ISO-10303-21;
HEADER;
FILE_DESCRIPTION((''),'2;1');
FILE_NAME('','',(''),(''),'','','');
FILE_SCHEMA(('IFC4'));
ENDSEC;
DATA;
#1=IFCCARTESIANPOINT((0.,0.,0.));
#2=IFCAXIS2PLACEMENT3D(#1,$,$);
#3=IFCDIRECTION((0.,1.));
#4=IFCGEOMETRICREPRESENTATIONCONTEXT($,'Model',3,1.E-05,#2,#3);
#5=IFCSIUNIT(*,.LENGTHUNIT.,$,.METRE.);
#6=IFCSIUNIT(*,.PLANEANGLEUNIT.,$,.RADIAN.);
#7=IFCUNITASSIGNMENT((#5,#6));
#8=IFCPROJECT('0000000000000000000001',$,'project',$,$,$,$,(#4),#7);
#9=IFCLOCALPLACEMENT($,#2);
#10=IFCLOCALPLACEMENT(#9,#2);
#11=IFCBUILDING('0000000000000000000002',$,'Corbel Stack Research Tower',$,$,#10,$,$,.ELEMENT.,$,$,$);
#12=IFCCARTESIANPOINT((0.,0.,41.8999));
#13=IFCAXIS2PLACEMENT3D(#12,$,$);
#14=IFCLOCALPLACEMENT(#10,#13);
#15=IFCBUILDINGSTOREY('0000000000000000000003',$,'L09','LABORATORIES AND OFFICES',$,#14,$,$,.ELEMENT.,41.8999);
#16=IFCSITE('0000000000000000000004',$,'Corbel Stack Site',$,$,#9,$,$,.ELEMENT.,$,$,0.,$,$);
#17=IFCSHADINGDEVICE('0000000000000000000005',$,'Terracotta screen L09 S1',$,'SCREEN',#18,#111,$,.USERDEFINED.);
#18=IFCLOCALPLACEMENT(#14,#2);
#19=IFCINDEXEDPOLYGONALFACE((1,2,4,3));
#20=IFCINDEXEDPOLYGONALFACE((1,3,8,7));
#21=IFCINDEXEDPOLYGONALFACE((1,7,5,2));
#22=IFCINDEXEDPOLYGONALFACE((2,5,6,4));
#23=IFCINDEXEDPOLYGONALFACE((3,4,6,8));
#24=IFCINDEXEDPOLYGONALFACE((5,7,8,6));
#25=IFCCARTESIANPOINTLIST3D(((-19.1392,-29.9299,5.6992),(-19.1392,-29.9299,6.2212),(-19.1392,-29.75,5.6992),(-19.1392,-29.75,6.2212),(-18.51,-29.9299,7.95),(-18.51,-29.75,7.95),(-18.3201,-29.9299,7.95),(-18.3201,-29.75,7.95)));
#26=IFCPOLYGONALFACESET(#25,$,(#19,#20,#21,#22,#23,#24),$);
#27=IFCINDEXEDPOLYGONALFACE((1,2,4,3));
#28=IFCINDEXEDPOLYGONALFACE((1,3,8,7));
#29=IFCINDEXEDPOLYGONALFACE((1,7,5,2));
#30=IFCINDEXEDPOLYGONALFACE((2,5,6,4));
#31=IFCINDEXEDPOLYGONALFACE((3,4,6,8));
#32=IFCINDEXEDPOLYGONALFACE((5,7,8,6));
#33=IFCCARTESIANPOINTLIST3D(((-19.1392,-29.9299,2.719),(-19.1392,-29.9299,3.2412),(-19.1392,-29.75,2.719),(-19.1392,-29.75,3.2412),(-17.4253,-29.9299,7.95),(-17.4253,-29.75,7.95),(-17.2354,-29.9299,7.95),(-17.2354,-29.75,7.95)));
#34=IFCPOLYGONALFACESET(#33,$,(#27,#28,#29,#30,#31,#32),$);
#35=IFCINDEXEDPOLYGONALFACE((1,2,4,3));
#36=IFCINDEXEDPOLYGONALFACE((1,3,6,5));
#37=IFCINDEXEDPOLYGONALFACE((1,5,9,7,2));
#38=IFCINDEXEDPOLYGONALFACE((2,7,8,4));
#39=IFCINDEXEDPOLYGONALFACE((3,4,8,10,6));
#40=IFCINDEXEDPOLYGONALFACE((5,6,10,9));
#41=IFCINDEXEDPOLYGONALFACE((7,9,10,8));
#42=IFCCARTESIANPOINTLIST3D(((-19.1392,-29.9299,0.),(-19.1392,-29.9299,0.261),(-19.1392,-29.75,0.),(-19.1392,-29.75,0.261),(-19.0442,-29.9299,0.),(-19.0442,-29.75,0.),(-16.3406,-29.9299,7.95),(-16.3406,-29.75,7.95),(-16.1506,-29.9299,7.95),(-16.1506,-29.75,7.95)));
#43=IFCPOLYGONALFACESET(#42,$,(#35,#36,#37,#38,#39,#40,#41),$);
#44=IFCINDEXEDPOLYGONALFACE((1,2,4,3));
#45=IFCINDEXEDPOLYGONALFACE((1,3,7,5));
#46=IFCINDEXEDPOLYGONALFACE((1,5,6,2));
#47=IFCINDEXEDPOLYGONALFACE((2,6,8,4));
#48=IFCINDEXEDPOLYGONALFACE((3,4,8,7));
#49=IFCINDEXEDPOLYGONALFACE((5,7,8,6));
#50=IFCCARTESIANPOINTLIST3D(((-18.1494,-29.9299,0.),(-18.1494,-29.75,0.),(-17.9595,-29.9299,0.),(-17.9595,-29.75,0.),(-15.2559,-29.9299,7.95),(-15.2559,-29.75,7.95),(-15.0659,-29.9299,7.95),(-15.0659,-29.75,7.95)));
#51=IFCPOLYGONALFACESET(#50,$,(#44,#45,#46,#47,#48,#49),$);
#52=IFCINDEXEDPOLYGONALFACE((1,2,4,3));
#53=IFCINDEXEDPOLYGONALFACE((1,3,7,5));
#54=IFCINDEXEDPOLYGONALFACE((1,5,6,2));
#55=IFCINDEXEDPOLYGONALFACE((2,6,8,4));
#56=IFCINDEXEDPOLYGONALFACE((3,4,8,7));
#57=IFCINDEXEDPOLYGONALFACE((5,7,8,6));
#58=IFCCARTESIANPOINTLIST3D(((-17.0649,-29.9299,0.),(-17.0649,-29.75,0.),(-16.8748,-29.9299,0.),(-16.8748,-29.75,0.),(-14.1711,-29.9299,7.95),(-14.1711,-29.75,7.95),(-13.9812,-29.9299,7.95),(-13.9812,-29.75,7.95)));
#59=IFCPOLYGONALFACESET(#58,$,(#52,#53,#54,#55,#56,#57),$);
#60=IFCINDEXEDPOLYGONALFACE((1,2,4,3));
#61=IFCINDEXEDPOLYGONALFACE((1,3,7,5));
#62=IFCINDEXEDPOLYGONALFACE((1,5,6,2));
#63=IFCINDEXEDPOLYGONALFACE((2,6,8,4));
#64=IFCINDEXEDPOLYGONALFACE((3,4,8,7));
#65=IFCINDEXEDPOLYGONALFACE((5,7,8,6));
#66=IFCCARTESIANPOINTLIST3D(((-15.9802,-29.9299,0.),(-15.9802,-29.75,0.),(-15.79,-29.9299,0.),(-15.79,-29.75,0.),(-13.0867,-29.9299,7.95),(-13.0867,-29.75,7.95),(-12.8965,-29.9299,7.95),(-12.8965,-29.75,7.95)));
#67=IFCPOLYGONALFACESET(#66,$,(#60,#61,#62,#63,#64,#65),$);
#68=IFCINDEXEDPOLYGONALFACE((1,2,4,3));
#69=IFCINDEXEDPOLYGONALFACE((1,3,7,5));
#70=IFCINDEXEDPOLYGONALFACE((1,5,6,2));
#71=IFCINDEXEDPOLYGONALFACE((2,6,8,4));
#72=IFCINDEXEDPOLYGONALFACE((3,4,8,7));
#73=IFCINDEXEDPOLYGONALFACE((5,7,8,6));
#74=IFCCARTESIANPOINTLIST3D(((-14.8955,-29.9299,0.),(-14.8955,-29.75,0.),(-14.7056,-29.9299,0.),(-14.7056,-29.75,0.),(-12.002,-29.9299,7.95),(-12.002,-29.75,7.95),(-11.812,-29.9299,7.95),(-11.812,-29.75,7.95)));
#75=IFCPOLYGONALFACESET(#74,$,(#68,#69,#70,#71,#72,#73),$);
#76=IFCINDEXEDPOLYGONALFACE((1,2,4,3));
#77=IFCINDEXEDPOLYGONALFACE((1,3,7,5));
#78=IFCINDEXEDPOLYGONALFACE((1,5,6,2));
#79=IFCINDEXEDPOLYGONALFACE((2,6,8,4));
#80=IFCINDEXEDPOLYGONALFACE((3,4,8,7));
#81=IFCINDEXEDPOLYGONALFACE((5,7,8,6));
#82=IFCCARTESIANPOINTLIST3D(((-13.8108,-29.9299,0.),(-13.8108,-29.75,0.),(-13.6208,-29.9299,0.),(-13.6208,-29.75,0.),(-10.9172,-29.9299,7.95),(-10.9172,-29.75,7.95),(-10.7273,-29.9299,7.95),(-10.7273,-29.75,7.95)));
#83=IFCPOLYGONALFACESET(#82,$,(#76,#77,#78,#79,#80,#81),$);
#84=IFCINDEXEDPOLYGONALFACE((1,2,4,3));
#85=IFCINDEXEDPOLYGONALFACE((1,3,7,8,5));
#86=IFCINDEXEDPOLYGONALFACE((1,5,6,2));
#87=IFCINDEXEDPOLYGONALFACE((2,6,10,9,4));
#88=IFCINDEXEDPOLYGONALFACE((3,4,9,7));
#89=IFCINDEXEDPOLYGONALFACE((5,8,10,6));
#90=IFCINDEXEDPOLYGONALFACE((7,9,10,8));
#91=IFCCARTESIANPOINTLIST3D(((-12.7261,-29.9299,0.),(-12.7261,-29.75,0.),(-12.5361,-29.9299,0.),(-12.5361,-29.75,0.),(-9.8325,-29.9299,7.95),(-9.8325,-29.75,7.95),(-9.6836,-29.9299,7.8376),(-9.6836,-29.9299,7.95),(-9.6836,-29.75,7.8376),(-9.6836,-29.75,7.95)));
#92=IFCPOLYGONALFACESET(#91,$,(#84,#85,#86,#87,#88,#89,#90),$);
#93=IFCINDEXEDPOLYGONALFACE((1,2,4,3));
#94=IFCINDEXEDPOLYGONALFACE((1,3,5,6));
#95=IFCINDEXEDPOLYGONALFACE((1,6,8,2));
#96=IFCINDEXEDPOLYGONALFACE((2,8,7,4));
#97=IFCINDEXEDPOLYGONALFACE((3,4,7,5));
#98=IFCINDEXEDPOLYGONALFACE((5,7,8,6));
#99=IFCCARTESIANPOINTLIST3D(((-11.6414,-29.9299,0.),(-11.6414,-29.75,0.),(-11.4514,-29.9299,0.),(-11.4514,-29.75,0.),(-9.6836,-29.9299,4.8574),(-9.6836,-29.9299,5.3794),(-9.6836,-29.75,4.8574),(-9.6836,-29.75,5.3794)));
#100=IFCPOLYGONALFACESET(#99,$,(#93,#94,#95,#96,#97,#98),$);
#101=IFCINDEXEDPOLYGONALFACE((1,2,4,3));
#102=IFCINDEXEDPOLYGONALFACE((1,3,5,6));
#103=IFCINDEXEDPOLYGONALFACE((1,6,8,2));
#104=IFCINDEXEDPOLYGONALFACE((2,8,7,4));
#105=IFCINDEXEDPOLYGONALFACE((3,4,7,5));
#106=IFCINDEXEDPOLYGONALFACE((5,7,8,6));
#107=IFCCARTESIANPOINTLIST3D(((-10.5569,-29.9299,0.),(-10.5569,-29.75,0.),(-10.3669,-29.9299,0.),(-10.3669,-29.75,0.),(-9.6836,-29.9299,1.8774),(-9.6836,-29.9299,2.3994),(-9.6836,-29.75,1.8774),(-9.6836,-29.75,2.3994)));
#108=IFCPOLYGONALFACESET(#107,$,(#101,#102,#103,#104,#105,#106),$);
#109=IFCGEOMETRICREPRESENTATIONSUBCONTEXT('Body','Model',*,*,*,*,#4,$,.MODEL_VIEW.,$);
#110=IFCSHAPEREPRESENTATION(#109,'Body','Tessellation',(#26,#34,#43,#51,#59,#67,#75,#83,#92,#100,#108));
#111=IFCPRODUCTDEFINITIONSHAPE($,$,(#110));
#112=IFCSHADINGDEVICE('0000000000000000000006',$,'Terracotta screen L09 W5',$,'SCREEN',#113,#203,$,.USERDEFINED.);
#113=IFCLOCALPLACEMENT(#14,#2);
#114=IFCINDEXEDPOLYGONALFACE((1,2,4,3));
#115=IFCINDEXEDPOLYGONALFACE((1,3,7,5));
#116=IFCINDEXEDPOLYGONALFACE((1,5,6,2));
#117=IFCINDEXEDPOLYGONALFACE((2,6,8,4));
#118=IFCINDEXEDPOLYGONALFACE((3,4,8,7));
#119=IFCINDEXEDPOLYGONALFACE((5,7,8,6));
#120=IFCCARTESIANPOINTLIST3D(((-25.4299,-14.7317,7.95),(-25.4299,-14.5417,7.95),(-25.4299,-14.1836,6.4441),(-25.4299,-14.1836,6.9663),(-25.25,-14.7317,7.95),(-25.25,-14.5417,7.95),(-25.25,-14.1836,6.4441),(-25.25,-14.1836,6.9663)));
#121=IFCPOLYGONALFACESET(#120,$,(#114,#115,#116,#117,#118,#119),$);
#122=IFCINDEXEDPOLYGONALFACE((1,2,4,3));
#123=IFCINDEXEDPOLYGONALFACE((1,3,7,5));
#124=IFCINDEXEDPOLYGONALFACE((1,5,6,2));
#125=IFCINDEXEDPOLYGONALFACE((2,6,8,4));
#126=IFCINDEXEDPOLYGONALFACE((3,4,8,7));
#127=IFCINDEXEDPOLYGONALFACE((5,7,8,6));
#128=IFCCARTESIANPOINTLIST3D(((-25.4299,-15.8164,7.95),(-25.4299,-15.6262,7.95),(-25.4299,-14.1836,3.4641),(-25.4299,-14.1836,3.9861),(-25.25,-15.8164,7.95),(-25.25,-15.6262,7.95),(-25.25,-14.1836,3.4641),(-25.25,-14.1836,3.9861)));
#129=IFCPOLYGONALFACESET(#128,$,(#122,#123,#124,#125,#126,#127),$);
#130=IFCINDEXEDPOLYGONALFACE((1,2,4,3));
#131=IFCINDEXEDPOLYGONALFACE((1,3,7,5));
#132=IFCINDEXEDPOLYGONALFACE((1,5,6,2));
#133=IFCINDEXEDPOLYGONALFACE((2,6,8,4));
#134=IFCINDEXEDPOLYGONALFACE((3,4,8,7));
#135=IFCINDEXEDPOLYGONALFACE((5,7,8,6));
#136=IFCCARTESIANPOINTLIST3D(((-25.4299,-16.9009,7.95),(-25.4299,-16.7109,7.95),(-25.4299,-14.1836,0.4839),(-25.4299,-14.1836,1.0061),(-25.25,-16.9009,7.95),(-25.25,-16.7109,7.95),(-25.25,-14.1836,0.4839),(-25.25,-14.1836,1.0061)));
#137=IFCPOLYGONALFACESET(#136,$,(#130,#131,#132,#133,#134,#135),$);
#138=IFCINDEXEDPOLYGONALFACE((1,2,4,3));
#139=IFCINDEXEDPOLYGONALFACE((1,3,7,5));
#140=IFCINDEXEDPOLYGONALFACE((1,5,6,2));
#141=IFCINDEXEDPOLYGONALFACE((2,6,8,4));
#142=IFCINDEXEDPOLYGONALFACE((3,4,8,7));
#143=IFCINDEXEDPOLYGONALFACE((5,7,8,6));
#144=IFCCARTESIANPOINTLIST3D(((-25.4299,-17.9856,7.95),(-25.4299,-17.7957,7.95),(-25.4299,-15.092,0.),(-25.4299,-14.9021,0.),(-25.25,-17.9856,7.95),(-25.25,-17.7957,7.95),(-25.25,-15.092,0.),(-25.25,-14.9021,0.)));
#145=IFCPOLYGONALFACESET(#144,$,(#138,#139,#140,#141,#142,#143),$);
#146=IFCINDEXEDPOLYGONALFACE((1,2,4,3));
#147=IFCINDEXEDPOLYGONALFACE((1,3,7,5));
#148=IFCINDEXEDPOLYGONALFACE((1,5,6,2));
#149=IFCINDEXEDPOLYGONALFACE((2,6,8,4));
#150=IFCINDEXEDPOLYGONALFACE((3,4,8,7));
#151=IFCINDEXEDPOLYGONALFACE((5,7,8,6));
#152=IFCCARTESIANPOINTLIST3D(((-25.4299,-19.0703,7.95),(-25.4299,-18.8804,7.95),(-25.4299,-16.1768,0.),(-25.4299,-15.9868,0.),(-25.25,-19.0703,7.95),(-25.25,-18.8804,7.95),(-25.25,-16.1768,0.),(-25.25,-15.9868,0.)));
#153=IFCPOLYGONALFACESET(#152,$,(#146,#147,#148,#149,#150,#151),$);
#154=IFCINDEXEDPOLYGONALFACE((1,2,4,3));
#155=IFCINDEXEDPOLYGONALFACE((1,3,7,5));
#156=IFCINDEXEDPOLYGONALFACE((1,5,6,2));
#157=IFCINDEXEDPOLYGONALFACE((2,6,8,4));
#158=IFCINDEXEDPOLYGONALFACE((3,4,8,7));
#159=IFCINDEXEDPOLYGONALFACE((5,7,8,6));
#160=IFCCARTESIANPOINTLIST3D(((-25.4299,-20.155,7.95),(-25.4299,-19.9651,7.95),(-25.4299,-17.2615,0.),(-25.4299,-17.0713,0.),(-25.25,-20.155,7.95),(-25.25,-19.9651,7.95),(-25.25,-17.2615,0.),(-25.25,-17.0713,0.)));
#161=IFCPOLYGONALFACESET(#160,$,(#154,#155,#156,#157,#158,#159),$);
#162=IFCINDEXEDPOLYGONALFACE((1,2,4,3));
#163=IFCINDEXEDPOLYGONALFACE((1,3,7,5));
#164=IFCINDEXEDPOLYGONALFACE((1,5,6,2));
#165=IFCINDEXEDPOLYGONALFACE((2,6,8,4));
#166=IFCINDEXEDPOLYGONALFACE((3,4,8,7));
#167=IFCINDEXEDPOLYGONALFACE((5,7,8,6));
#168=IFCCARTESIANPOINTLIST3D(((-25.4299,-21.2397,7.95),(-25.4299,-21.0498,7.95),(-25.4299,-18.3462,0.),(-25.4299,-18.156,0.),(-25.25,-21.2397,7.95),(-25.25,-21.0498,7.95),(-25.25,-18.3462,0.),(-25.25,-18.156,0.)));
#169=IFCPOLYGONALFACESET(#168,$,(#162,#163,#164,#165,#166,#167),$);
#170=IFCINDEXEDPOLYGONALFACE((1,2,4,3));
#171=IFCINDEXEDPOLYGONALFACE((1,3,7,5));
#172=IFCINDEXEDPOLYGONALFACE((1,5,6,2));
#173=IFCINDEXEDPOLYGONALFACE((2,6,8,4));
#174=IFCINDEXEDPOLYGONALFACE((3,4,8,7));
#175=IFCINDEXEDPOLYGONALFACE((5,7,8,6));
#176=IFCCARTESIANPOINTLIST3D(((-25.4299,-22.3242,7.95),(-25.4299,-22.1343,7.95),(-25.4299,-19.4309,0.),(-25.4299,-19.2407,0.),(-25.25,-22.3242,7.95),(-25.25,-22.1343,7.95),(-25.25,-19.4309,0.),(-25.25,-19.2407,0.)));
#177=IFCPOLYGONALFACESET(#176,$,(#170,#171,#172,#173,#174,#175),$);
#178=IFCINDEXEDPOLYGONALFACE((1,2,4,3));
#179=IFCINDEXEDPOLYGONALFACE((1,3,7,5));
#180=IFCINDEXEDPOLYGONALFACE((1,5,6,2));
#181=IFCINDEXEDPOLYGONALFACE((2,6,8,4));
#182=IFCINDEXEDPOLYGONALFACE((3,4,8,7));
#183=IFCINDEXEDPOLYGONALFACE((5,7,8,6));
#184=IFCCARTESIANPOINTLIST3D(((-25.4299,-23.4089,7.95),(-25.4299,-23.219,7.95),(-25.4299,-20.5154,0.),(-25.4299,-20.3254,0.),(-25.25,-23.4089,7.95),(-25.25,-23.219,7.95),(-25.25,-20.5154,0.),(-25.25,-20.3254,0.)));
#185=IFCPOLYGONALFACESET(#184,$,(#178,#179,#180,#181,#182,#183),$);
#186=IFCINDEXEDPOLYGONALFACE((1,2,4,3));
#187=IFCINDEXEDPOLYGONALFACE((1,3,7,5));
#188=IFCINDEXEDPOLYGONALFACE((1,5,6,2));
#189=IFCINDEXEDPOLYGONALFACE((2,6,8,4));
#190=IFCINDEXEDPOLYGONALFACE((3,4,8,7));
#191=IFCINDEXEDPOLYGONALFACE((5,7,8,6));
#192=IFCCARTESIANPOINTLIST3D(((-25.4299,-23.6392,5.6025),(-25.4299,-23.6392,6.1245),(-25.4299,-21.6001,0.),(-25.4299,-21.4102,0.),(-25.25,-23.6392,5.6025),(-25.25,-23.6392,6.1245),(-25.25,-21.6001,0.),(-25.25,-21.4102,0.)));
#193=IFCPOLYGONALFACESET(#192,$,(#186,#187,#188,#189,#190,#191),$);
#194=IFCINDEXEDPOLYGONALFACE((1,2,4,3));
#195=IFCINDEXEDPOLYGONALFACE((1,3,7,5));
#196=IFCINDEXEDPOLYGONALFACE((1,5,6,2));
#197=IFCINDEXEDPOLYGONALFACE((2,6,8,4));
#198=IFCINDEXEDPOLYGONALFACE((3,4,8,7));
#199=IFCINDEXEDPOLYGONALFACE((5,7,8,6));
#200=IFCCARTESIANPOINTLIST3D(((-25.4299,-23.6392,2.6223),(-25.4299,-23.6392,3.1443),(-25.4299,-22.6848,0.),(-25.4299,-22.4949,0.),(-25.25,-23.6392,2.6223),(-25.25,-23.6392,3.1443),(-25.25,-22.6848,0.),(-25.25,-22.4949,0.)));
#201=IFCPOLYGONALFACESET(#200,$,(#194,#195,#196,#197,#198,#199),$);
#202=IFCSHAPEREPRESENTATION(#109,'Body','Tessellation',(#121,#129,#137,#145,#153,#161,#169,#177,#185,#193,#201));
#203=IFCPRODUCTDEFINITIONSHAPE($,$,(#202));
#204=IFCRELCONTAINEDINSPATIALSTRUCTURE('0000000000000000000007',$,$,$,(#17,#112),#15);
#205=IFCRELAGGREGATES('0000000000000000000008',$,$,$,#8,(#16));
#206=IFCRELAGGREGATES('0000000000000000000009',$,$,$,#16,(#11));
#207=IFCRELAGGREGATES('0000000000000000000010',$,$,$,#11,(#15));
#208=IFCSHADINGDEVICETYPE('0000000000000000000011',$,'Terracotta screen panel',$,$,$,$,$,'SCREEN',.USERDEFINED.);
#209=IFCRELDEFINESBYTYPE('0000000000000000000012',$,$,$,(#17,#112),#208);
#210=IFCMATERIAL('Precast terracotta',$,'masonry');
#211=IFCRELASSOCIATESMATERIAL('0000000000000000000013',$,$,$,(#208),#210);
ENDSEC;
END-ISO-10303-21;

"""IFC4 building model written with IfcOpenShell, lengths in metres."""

from ifc_helpers import new_model, si_unit, direction, frame, origin, place, context, subcontext, project, spatial, polyline, outline, extrude, source, transform, mapped, material, type_object, element, save


model = new_model("IFC4")

# Units and contexts
model_context = context("Model", 3, precision=1e-05, world=origin(), true_north=direction((0.0, 1.0)))
body_context = subcontext(model_context, "Body", "Model", "MODEL_VIEW")
ifc_project = project(units=[si_unit("LENGTHUNIT", "METRE"), si_unit("PLANEANGLEUNIT", "RADIAN")], contexts=[model_context])

# Site, building, storey
site_placement = place(None, origin())
site = spatial("IfcSite", under=ifc_project, at=site_placement, Name="Corbel Stack Site", CompositionType="ELEMENT", RefElevation=0.0)
building_placement = place(site_placement, origin())
building = spatial("IfcBuilding", under=site, at=building_placement, Name="Corbel Stack Research Tower", CompositionType="ELEMENT")
storey_placement = place(building_placement, frame((0.0, 0.0, 41.8999)))
storey = spatial("IfcBuildingStorey", under=building, at=storey_placement, Name="L09", Description="LABORATORIES AND OFFICES", CompositionType="ELEMENT", Elevation=41.8999)

# Shading devices
ifc_material_1 = material(Name="Precast terracotta", Category="masonry")
shading_device_type = type_object("IfcShadingDeviceType", Name="Terracotta screen panel", ElementType="SCREEN", PredefinedType="USERDEFINED", material=ifc_material_1)
shared_shape_1 = source(origin(), body_context, "Body", "SweptSolid", [
    extrude(outline(polyline([(0.8191, 7.95), (0.6292, 7.95), (0.0, 6.2212), (0.0, 5.6992), (0.8191, 7.95)])), frame((0.0, 0.0, 0.0), z_axis=(0.0, -1.0, 0.0), x_axis=(1.0, 0.0, 0.0)), (0.0, 0.0, 1.0), 0.1799),
    extrude(outline(polyline([(1.9038, 7.95), (1.7139, 7.95), (0.0, 3.2412), (0.0, 2.719), (1.9038, 7.95)])), frame((0.0, 0.0, 0.0), z_axis=(0.0, -1.0, 0.0), x_axis=(1.0, 0.0, 0.0)), (0.0, 0.0, 1.0), 0.1799),
    extrude(outline(polyline([(0.095, 0.0), (2.9885, 7.95), (2.7986, 7.95), (0.0, 0.261), (0.0, 0.0), (0.095, 0.0)])), frame((0.0, 0.0, 0.0), z_axis=(0.0, -1.0, 0.0), x_axis=(1.0, 0.0, 0.0)), (0.0, 0.0, 1.0), 0.1799),
    extrude(outline(polyline([(1.1797, 0.0), (4.0732, 7.95), (3.8833, 7.95), (0.9897, 0.0), (1.1797, 0.0)])), frame((0.0, 0.0, 0.0), z_axis=(0.0, -1.0, 0.0), x_axis=(1.0, 0.0, 0.0)), (0.0, 0.0, 1.0), 0.1799),
    extrude(outline(polyline([(2.2644, 0.0), (5.158, 7.95), (4.968, 7.95), (2.0742, 0.0), (2.2644, 0.0)])), frame((0.0, 0.0, 0.0), z_axis=(0.0, -1.0, 0.0), x_axis=(1.0, 0.0, 0.0)), (0.0, 0.0, 1.0), 0.1799),
    extrude(outline(polyline([(3.3491, 0.0), (6.2427, 7.95), (6.0525, 7.95), (3.1589, 0.0), (3.3491, 0.0)])), frame((0.0, 0.0, 0.0), z_axis=(0.0, -1.0, 0.0), x_axis=(1.0, 0.0, 0.0)), (0.0, 0.0, 1.0), 0.1799),
    extrude(outline(polyline([(4.4336, 0.0), (7.3271, 7.95), (7.1372, 7.95), (4.2437, 0.0), (4.4336, 0.0)])), frame((0.0, 0.0, 0.0), z_axis=(0.0, -1.0, 0.0), x_axis=(1.0, 0.0, 0.0)), (0.0, 0.0, 1.0), 0.1799),
    extrude(outline(polyline([(5.5183, 0.0), (8.4119, 7.95), (8.2219, 7.95), (5.3284, 0.0), (5.5183, 0.0)])), frame((0.0, 0.0, 0.0), z_axis=(0.0, -1.0, 0.0), x_axis=(1.0, 0.0, 0.0)), (0.0, 0.0, 1.0), 0.1799),
    extrude(outline(polyline([(6.603, 0.0), (9.4556, 7.8376), (9.4556, 7.95), (9.3066, 7.95), (6.4131, 0.0), (6.603, 0.0)])), frame((0.0, 0.0, 0.0), z_axis=(0.0, -1.0, 0.0), x_axis=(1.0, 0.0, 0.0)), (0.0, 0.0, 1.0), 0.1799),
    extrude(outline(polyline([(7.6877, 0.0), (9.4556, 4.8574), (9.4556, 5.3794), (7.4978, 0.0), (7.6877, 0.0)])), frame((0.0, 0.0, 0.0), z_axis=(0.0, -1.0, 0.0), x_axis=(1.0, 0.0, 0.0)), (0.0, 0.0, 1.0), 0.1799),
    extrude(outline(polyline([(8.7722, 0.0), (9.4556, 1.8774), (9.4556, 2.3994), (8.5823, 0.0), (8.7722, 0.0)])), frame((0.0, 0.0, 0.0), z_axis=(0.0, -1.0, 0.0), x_axis=(1.0, 0.0, 0.0)), (0.0, 0.0, 1.0), 0.1799),
])
shading_device_1_placement = place(storey_placement, frame((-19.1392, -29.75, 0.0), z_axis=(0.0, 0.0, 1.0), x_axis=(1.0, 0.0, 0.0)))
element("IfcShadingDevice", 1, at=shading_device_1_placement, inside=storey, type_object=shading_device_type, Name="Terracotta screen L09 S1", ObjectType="SCREEN", PredefinedType="USERDEFINED", context=body_context, shape_type="MappedRepresentation", body=[
    mapped(shared_shape_1, transform((0.0, 0.0, 0.0))),
])
shared_shape_2 = source(origin(), body_context, "Body", "SweptSolid", [
    extrude(outline(polyline([(0.5481, 7.95), (0.3582, 7.95), (0.0, 6.9663), (0.0, 6.4441), (0.5481, 7.95)])), frame((0.0, 0.0, 0.0), z_axis=(0.0, -1.0, 0.0), x_axis=(1.0, 0.0, 0.0)), (0.0, 0.0, 1.0), 0.1799),
    extrude(outline(polyline([(1.6328, 7.95), (1.4426, 7.95), (0.0, 3.9861), (0.0, 3.4641), (1.6328, 7.95)])), frame((0.0, 0.0, 0.0), z_axis=(0.0, -1.0, 0.0), x_axis=(1.0, 0.0, 0.0)), (0.0, 0.0, 1.0), 0.1799),
    extrude(outline(polyline([(2.7173, 7.95), (2.5273, 7.95), (0.0, 1.0061), (0.0, 0.4839), (2.7173, 7.95)])), frame((0.0, 0.0, 0.0), z_axis=(0.0, -1.0, 0.0), x_axis=(1.0, 0.0, 0.0)), (0.0, 0.0, 1.0), 0.1799),
    extrude(outline(polyline([(0.9084, 0.0), (3.802, 7.95), (3.6121, 7.95), (0.7185, 0.0), (0.9084, 0.0)])), frame((0.0, 0.0, 0.0), z_axis=(0.0, -1.0, 0.0), x_axis=(1.0, 0.0, 0.0)), (0.0, 0.0, 1.0), 0.1799),
    extrude(outline(polyline([(1.9932, 0.0), (4.8867, 7.95), (4.6968, 7.95), (1.8032, 0.0), (1.9932, 0.0)])), frame((0.0, 0.0, 0.0), z_axis=(0.0, -1.0, 0.0), x_axis=(1.0, 0.0, 0.0)), (0.0, 0.0, 1.0), 0.1799),
    extrude(outline(polyline([(3.0779, 0.0), (5.9714, 7.95), (5.7815, 7.95), (2.8877, 0.0), (3.0779, 0.0)])), frame((0.0, 0.0, 0.0), z_axis=(0.0, -1.0, 0.0), x_axis=(1.0, 0.0, 0.0)), (0.0, 0.0, 1.0), 0.1799),
    extrude(outline(polyline([(4.1626, 0.0), (7.0562, 7.95), (6.8662, 7.95), (3.9724, 0.0), (4.1626, 0.0)])), frame((0.0, 0.0, 0.0), z_axis=(0.0, -1.0, 0.0), x_axis=(1.0, 0.0, 0.0)), (0.0, 0.0, 1.0), 0.1799),
    extrude(outline(polyline([(5.2473, 0.0), (8.1406, 7.95), (7.9507, 7.95), (5.0571, 0.0), (5.2473, 0.0)])), frame((0.0, 0.0, 0.0), z_axis=(0.0, -1.0, 0.0), x_axis=(1.0, 0.0, 0.0)), (0.0, 0.0, 1.0), 0.1799),
    extrude(outline(polyline([(6.3318, 0.0), (9.2253, 7.95), (9.0354, 7.95), (6.1418, 0.0), (6.3318, 0.0)])), frame((0.0, 0.0, 0.0), z_axis=(0.0, -1.0, 0.0), x_axis=(1.0, 0.0, 0.0)), (0.0, 0.0, 1.0), 0.1799),
    extrude(outline(polyline([(7.4165, 0.0), (9.4556, 5.6025), (9.4556, 6.1245), (7.2266, 0.0), (7.4165, 0.0)])), frame((0.0, 0.0, 0.0), z_axis=(0.0, -1.0, 0.0), x_axis=(1.0, 0.0, 0.0)), (0.0, 0.0, 1.0), 0.1799),
    extrude(outline(polyline([(8.5012, 0.0), (9.4556, 2.6223), (9.4556, 3.1443), (8.3113, 0.0), (8.5012, 0.0)])), frame((0.0, 0.0, 0.0), z_axis=(0.0, -1.0, 0.0), x_axis=(1.0, 0.0, 0.0)), (0.0, 0.0, 1.0), 0.1799),
])
shading_device_2_placement = place(storey_placement, frame((-25.25, -14.1836, 0.0), z_axis=(0.0, 0.0, 1.0), x_axis=(0.0, -1.0, 0.0)))
element("IfcShadingDevice", 2, at=shading_device_2_placement, inside=storey, type_object=shading_device_type, Name="Terracotta screen L09 W5", ObjectType="SCREEN", PredefinedType="USERDEFINED", context=body_context, shape_type="MappedRepresentation", body=[
    mapped(shared_shape_2, transform((0.0, 0.0, 0.0))),
])

save(model, "model.ifc")
